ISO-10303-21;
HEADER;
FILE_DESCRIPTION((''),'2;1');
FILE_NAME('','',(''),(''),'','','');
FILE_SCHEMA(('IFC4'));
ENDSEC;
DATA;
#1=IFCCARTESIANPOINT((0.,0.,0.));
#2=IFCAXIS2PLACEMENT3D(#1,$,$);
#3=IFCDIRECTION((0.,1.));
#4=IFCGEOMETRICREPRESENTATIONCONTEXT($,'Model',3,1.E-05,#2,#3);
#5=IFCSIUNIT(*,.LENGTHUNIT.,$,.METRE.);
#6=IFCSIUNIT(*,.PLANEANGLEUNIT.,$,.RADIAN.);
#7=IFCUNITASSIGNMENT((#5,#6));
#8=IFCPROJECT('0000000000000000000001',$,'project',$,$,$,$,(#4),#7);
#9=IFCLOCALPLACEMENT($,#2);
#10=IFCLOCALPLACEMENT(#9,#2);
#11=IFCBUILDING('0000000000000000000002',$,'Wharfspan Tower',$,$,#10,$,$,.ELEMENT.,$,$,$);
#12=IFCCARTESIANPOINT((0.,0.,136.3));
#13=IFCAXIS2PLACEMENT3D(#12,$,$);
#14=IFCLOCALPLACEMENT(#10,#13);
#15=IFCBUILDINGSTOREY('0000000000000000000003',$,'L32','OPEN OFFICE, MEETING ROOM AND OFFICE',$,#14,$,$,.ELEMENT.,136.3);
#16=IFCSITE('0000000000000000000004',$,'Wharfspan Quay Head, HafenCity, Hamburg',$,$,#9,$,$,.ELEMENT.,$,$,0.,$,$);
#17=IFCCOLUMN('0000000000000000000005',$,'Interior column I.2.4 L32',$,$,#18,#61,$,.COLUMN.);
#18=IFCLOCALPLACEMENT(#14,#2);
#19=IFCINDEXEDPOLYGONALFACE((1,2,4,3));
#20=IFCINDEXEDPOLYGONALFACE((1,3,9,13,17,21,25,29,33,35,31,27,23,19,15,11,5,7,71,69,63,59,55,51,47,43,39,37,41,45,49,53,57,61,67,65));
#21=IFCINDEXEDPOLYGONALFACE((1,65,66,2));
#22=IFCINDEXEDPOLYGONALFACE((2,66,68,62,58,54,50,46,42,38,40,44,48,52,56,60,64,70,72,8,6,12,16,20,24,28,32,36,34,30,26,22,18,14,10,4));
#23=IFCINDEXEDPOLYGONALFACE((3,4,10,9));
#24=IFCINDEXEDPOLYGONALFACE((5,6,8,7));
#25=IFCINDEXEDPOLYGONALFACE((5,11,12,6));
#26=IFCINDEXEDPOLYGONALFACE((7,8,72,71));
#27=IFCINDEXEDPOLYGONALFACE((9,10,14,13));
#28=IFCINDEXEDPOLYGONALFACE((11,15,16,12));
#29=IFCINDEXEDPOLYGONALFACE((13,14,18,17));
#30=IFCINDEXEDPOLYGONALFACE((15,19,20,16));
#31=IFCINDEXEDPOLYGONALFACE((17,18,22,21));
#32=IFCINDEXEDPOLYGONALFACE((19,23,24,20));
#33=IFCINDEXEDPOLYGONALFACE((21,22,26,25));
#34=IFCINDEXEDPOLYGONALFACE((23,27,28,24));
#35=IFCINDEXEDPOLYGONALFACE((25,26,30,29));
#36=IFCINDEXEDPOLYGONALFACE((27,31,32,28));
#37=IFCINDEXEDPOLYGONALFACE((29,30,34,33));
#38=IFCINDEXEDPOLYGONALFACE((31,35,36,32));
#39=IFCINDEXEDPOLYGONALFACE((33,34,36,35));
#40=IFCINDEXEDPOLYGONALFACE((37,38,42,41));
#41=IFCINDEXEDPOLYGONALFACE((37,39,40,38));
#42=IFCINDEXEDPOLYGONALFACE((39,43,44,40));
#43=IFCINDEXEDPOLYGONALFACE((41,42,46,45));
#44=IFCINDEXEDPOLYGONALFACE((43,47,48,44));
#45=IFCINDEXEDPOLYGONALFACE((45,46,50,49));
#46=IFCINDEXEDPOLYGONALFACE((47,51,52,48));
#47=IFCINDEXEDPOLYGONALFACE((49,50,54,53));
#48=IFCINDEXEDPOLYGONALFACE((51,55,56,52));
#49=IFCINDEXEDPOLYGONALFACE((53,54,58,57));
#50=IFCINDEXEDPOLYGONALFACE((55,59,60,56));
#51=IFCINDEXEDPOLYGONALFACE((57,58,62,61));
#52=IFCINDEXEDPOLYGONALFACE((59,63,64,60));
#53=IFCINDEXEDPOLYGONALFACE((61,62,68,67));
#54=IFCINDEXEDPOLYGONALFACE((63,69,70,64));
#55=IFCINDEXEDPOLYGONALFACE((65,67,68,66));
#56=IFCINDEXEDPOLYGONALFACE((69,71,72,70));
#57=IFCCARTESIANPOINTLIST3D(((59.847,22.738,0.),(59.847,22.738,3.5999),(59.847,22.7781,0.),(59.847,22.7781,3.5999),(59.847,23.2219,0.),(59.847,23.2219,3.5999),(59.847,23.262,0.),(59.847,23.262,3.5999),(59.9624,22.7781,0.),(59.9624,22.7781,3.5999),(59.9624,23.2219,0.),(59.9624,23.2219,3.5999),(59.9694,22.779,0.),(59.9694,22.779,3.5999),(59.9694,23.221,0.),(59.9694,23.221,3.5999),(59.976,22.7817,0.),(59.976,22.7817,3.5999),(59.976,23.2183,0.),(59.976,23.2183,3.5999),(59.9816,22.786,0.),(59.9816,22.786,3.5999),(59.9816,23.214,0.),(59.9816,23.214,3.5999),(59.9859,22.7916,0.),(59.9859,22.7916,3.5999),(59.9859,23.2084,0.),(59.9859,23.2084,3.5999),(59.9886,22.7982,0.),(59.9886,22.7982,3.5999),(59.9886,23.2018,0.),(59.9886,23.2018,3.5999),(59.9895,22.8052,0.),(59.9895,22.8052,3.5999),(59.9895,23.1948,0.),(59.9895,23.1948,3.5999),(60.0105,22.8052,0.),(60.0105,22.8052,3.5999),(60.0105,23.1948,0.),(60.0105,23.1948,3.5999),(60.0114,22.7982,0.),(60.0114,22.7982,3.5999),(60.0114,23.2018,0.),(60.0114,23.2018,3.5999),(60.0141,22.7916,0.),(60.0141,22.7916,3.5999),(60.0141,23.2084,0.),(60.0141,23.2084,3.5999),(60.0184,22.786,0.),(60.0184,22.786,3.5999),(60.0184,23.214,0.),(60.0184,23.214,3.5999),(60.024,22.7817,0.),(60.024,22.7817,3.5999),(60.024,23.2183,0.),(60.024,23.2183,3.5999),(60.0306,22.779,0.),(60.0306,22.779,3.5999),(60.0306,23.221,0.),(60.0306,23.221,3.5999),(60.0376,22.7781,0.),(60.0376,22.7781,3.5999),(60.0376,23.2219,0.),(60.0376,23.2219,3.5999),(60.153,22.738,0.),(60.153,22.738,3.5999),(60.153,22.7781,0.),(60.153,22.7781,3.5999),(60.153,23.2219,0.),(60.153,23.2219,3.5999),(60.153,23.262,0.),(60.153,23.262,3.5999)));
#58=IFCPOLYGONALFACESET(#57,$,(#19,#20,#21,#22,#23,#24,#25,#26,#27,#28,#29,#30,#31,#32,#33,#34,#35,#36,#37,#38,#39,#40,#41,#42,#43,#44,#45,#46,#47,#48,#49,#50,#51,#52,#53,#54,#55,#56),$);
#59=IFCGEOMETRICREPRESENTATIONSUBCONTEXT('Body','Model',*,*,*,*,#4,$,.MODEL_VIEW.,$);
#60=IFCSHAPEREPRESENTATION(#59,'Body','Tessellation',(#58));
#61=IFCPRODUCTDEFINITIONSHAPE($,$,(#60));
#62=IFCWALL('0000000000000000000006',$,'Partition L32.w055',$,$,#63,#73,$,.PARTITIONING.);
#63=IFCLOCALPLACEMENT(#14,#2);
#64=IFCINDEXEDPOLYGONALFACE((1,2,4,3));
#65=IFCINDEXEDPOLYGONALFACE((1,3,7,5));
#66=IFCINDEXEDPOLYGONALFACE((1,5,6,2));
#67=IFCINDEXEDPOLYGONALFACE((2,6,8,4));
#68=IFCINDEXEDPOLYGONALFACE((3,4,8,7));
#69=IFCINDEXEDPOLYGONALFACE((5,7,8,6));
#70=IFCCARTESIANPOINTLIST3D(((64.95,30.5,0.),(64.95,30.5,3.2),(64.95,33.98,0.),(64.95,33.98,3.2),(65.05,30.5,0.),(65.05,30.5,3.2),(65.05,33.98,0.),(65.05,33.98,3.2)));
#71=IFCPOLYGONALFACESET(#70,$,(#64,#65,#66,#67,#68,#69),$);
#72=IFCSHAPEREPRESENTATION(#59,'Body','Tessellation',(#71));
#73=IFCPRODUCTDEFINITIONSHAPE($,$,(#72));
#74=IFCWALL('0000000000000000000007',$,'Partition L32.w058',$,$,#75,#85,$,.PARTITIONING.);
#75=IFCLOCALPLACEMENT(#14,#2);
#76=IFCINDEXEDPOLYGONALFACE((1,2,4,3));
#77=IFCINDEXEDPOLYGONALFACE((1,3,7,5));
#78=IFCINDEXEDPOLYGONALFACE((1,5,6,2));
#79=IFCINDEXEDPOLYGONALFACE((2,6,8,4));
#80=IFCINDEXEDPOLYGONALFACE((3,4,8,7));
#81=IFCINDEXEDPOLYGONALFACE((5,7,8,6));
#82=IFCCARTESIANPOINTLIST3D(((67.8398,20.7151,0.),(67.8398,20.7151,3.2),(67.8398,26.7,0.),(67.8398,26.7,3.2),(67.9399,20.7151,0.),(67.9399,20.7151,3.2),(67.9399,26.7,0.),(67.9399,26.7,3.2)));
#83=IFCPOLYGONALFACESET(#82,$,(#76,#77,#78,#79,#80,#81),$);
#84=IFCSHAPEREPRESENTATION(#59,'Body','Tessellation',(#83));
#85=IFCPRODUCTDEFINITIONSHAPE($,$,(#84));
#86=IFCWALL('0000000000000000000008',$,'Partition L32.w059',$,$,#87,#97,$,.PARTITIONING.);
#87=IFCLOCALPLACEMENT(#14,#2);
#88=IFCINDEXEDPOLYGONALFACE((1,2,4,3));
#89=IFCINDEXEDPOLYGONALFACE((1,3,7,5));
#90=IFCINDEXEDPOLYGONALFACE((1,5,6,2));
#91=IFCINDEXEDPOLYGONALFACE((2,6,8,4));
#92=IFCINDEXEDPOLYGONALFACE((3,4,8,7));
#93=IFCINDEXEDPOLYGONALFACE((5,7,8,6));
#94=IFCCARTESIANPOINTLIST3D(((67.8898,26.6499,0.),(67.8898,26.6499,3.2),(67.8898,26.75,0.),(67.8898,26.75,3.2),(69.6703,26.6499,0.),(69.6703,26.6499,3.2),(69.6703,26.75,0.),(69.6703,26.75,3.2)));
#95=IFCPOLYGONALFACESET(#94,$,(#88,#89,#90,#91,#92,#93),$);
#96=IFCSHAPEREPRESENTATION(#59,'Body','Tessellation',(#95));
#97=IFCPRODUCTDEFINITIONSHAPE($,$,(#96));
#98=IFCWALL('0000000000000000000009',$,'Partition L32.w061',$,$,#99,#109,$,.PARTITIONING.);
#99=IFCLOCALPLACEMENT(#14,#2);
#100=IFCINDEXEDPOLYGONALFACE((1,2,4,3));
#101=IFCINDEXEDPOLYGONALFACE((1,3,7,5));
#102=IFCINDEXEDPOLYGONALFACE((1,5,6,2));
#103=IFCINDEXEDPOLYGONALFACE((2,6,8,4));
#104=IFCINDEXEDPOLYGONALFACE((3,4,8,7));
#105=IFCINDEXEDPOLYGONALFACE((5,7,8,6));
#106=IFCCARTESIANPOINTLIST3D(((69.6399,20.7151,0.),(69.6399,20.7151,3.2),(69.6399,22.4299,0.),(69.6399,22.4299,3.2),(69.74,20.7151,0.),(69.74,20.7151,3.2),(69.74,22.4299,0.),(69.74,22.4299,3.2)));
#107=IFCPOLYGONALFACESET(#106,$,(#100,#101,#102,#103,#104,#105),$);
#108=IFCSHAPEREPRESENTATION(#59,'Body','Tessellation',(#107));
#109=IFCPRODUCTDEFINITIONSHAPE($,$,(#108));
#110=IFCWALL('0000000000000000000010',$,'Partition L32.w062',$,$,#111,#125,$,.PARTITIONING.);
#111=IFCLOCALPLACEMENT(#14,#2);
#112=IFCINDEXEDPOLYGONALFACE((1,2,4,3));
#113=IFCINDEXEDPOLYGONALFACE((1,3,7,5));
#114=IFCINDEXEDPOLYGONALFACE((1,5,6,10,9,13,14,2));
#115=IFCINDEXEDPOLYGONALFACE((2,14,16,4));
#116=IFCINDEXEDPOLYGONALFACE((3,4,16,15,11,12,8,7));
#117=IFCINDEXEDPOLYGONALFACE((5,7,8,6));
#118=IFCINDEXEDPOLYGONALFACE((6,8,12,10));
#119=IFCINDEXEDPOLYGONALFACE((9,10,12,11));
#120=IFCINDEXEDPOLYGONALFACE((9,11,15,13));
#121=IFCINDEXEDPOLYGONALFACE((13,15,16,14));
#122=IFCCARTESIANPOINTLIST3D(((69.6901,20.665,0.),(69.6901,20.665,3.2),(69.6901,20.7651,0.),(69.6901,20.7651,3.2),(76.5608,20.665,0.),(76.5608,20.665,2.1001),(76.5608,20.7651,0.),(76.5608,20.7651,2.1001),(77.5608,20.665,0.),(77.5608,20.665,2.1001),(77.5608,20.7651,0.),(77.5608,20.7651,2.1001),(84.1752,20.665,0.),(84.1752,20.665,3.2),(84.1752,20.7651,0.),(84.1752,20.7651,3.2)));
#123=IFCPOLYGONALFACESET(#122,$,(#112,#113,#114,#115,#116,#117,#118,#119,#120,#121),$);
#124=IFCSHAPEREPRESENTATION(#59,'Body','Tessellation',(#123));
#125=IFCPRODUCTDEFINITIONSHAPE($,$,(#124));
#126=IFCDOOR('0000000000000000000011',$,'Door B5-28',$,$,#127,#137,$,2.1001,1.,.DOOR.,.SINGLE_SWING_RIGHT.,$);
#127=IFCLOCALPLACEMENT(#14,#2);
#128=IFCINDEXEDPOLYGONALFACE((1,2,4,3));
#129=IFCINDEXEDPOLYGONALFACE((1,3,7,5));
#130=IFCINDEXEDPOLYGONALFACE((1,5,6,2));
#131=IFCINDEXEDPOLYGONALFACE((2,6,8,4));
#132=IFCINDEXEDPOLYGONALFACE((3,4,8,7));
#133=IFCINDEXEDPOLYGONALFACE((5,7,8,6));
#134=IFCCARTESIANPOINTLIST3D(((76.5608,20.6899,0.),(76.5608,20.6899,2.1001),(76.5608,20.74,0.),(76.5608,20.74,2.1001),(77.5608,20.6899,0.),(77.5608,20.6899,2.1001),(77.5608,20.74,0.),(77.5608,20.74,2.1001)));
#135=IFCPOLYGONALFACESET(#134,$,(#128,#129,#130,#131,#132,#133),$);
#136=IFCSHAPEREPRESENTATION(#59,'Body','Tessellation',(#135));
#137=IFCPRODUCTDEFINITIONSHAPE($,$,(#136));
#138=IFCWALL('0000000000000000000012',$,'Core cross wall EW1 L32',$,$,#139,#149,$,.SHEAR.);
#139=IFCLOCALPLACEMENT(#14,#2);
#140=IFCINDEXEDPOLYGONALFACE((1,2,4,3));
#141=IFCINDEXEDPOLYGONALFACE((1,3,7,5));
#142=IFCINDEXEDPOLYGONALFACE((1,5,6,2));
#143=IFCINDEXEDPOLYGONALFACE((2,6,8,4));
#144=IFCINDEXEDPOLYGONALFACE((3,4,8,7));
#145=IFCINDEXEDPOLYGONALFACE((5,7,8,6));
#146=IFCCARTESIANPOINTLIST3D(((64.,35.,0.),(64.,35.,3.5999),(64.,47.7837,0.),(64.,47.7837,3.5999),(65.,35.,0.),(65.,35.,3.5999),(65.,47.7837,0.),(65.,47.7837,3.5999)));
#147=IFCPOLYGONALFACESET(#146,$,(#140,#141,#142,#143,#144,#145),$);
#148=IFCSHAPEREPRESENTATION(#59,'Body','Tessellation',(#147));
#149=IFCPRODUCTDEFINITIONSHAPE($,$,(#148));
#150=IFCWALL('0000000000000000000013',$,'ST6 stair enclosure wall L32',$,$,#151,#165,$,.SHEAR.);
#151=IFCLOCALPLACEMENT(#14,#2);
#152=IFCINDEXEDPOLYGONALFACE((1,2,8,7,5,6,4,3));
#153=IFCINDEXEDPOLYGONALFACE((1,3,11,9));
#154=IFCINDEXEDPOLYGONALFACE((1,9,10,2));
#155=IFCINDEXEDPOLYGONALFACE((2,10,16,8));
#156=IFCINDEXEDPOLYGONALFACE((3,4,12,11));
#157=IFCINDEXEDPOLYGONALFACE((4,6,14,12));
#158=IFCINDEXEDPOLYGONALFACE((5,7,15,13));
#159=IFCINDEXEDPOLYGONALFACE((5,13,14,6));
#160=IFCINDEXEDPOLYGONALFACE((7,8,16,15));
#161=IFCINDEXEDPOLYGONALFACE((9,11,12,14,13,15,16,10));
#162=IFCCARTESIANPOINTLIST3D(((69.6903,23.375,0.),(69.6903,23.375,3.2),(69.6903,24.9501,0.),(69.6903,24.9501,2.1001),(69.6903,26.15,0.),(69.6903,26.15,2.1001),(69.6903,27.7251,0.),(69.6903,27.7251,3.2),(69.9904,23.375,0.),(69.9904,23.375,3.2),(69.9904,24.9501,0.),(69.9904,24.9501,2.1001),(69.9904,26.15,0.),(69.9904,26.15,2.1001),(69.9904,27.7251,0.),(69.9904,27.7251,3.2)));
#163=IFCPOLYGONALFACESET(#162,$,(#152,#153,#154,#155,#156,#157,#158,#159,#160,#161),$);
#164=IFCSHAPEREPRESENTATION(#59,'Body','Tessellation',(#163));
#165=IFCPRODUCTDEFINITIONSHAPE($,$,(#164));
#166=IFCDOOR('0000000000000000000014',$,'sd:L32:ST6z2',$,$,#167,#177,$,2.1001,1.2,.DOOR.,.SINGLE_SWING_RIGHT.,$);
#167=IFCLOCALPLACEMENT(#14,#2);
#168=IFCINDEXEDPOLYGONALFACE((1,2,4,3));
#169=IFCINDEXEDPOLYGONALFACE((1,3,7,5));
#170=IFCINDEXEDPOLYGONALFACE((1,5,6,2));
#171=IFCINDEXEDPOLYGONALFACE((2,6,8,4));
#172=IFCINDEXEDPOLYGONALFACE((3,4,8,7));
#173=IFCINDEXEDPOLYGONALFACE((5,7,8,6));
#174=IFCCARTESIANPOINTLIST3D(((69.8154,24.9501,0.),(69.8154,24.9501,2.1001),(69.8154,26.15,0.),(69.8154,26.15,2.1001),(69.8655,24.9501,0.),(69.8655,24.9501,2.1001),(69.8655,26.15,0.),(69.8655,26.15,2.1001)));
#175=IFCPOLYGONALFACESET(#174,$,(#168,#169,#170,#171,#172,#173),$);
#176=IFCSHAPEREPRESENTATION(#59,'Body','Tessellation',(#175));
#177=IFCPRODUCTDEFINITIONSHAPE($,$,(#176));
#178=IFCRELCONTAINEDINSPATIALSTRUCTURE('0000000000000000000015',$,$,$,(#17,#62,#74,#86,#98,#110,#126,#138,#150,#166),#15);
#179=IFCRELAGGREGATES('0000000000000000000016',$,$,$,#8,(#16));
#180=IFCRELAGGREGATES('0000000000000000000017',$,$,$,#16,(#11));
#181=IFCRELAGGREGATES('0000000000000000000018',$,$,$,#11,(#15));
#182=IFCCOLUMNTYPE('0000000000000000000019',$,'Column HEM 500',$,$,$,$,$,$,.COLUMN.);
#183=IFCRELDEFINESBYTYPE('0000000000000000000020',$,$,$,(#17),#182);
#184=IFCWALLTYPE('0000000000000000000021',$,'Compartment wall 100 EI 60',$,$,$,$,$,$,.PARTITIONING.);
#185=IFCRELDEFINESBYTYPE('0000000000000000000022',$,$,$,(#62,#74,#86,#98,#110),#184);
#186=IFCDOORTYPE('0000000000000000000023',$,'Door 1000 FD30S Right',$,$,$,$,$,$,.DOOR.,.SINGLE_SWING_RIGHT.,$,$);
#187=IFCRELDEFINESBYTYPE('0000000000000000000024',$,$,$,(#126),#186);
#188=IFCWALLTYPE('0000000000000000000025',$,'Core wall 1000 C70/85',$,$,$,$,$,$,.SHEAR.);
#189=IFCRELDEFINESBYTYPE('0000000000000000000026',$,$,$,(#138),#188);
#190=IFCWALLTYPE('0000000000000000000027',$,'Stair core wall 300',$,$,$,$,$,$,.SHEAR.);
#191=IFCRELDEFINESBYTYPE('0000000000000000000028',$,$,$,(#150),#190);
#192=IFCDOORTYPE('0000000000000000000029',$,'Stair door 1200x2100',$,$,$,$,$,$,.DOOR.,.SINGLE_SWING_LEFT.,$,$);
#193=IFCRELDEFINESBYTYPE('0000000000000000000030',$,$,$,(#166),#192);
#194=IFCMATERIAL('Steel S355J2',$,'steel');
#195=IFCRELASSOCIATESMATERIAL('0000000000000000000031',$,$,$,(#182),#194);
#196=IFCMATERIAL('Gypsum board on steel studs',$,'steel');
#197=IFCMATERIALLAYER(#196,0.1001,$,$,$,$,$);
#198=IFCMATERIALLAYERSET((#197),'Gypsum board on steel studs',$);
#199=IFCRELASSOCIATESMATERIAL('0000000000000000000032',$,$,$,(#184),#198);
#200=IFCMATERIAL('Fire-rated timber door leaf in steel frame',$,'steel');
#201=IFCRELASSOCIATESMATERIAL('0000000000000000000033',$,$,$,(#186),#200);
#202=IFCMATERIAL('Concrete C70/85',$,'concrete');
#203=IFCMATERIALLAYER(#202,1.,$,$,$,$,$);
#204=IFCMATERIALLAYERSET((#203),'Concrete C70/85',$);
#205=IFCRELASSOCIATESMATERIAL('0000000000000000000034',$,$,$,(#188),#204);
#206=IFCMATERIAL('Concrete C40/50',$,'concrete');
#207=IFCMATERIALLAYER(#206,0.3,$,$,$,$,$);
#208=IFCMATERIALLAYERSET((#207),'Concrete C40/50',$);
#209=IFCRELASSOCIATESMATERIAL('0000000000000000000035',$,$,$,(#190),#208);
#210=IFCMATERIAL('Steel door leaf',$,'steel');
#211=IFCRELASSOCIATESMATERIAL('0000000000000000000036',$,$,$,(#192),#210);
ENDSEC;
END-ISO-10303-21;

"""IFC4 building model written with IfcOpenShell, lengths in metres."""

from ifc_helpers import new_model, si_unit, direction, frame, frame_2d, origin, origin_2d, place, context, subcontext, project, spatial, rectangle, i_section, extrude, material, layer, layer_set, material_profile, profile_set, type_object, element, fill, save


model = new_model("IFC4")

# Units and contexts
model_context = context("Model", 3, precision=1e-05, world=origin(), true_north=direction((0.0, 1.0)))
body_context = subcontext(model_context, "Body", "Model", "MODEL_VIEW")
ifc_project = project(units=[si_unit("LENGTHUNIT", "METRE"), si_unit("PLANEANGLEUNIT", "RADIAN")], contexts=[model_context])

# Site, building, storey
site_placement = place(None, origin())
site = spatial("IfcSite", under=ifc_project, at=site_placement, Name="Wharfspan Quay Head, HafenCity, Hamburg", CompositionType="ELEMENT", RefElevation=0.0)
building_placement = place(site_placement, origin())
building = spatial("IfcBuilding", under=site, at=building_placement, Name="Wharfspan Tower", CompositionType="ELEMENT")
storey_placement = place(building_placement, frame((0.0, 0.0, 136.3)))
storey = spatial("IfcBuildingStorey", under=building, at=storey_placement, Name="L32", Description="OPEN OFFICE, MEETING ROOM AND OFFICE", CompositionType="ELEMENT", Elevation=136.3)

# Column
ifc_material_1 = material(Name="Steel S355J2", Category="steel")
ifc_material_profile = material_profile(ifc_material_1, i_section(OverallWidth=0.3059, OverallDepth=0.5239, WebThickness=0.021, FlangeThickness=0.04, FilletRadius=0.0271, at=origin_2d()))
ifc_profile_set = profile_set([ifc_material_profile], Name="Steel S355J2")
column_type = type_object("IfcColumnType", Name="Column HEM 500", PredefinedType="COLUMN", material=ifc_profile_set)
column_placement = place(storey_placement, frame((60.0, 23.0, 0.0), z_axis=(0.0, 0.0, 1.0), x_axis=(1.0, 0.0, 0.0)))
element("IfcColumn", 1, at=column_placement, inside=storey, type_object=column_type, Name="Interior column I.2.4 L32", PredefinedType="COLUMN", context=body_context, shape_type="SweptSolid", body=[
    extrude(i_section(OverallWidth=0.3059, OverallDepth=0.5239, WebThickness=0.021, FlangeThickness=0.04, FilletRadius=0.0271, at=origin_2d()), origin(), (0.0, 0.0, 1.0), 3.5999),
])

# Walls
ifc_material_2 = material(Name="Gypsum board on steel studs", Category="steel")
ifc_layer_1 = layer(ifc_material_2, 0.1001)
ifc_layer_set_1 = layer_set([ifc_layer_1], Name="Gypsum board on steel studs")
wall_type_1 = type_object("IfcWallType", Name="Compartment wall 100 EI 60", PredefinedType="PARTITIONING", material=ifc_layer_set_1)
wall_1_placement = place(storey_placement, frame((65.0, 30.5, 0.0), z_axis=(0.0, 0.0, 1.0), x_axis=(0.0, 1.0, 0.0)))
element("IfcWall", 2, at=wall_1_placement, inside=storey, type_object=wall_type_1, Name="Partition L32.w055", PredefinedType="PARTITIONING", context=body_context, shape_type="SweptSolid", body=[
    extrude(rectangle(XDim=3.48, YDim=0.1001, at=frame_2d((1.74, 0.0))), origin(), (0.0, 0.0, 1.0), 3.2),
])
wall_2_placement = place(storey_placement, frame((67.8899, 20.7151, 0.0), z_axis=(0.0, 0.0, 1.0), x_axis=(0.0, 1.0, 0.0)))
element("IfcWall", 3, at=wall_2_placement, inside=storey, type_object=wall_type_1, Name="Partition L32.w058", PredefinedType="PARTITIONING", context=body_context, shape_type="SweptSolid", body=[
    extrude(rectangle(XDim=5.9849, YDim=0.1001, at=frame_2d((2.9924, 0.0))), origin(), (0.0, 0.0, 1.0), 3.2),
])
wall_3_placement = place(storey_placement, frame((67.8899, 26.7, 0.0), z_axis=(0.0, 0.0, 1.0), x_axis=(1.0, 0.0, 0.0)))
element("IfcWall", 4, at=wall_3_placement, inside=storey, type_object=wall_type_1, Name="Partition L32.w059", PredefinedType="PARTITIONING", context=body_context, shape_type="SweptSolid", body=[
    extrude(rectangle(XDim=1.7805, YDim=0.1001, at=frame_2d((0.8901, 0.0))), origin(), (0.0, 0.0, 1.0), 3.2),
])
wall_4_placement = place(storey_placement, frame((69.6899, 20.7151, 0.0), z_axis=(0.0, 0.0, 1.0), x_axis=(0.0, 1.0, 0.0)))
element("IfcWall", 5, at=wall_4_placement, inside=storey, type_object=wall_type_1, Name="Partition L32.w061", PredefinedType="PARTITIONING", context=body_context, shape_type="SweptSolid", body=[
    extrude(rectangle(XDim=1.7148, YDim=0.1001, at=frame_2d((0.8574, 0.0))), origin(), (0.0, 0.0, 1.0), 3.2),
])

# Wall, opening, door
wall_5_placement = place(storey_placement, frame((69.6899, 20.7151, 0.0), z_axis=(0.0, 0.0, 1.0), x_axis=(1.0, 0.0, 0.0)))
wall_5 = element("IfcWall", 6, at=wall_5_placement, inside=storey, type_object=wall_type_1, Name="Partition L32.w062", PredefinedType="PARTITIONING", context=body_context, shape_type="SweptSolid", body=[
    extrude(rectangle(XDim=14.4851, YDim=0.1001, at=frame_2d((7.2427, 0.0))), origin(), (0.0, 0.0, 1.0), 3.2),
])
opening_1_placement = place(wall_5_placement, frame((6.8708, 0.0, 0.0)))
opening_1 = element("IfcOpeningElement", 7, at=opening_1_placement, cuts=wall_5, PredefinedType="OPENING", context=body_context, shape_type="SweptSolid", body=[
    extrude(rectangle(XDim=1.0, YDim=2.1001, at=frame_2d((0.5, 1.05))), frame((0.0, 0.0601, 0.0), z_axis=(0.0, -1.0, 0.0), x_axis=(1.0, 0.0, 0.0)), (0.0, 0.0, 1.0), 0.1201),
])
ifc_material_3 = material(Name="Fire-rated timber door leaf in steel frame", Category="steel")
door_type_1 = type_object("IfcDoorType", Name="Door 1000 FD30S Right", OperationType="SINGLE_SWING_RIGHT", PredefinedType="DOOR", material=ifc_material_3)
door_1_placement = place(opening_1_placement, origin())
door_1 = element("IfcDoor", 8, at=door_1_placement, inside=storey, type_object=door_type_1, Name="Door B5-28", OperationType="SINGLE_SWING_RIGHT", OverallHeight=2.1001, OverallWidth=1.0, PredefinedType="DOOR", context=body_context, shape_type="SweptSolid", body=[
    extrude(rectangle(XDim=1.0, YDim=2.1001, at=frame_2d((0.5, 1.05))), frame((0.0, 0.0249, 0.0), z_axis=(0.0, -1.0, 0.0), x_axis=(1.0, 0.0, 0.0)), (0.0, 0.0, 1.0), 0.05),
])
fill(opening_1, door_1)

# Wall
ifc_material_4 = material(Name="Concrete C70/85", Category="concrete")
ifc_layer_2 = layer(ifc_material_4, 1.0)
ifc_layer_set_2 = layer_set([ifc_layer_2], Name="Concrete C70/85")
wall_type_2 = type_object("IfcWallType", Name="Core wall 1000 C70/85", PredefinedType="SHEAR", material=ifc_layer_set_2)
wall_6_placement = place(storey_placement, frame((64.5, 35.0, 0.0), z_axis=(0.0, 0.0, 1.0), x_axis=(0.0, 1.0, 0.0)))
element("IfcWall", 9, at=wall_6_placement, inside=storey, type_object=wall_type_2, Name="Core cross wall EW1 L32", PredefinedType="SHEAR", context=body_context, shape_type="SweptSolid", body=[
    extrude(rectangle(XDim=12.7837, YDim=1.0, at=frame_2d((6.3918, 0.0))), origin(), (0.0, 0.0, 1.0), 3.5999),
])

# Wall, opening, door
ifc_material_5 = material(Name="Concrete C40/50", Category="concrete")
ifc_layer_3 = layer(ifc_material_5, 0.3)
ifc_layer_set_3 = layer_set([ifc_layer_3], Name="Concrete C40/50")
wall_type_3 = type_object("IfcWallType", Name="Stair core wall 300", PredefinedType="SHEAR", material=ifc_layer_set_3)
wall_7_placement = place(storey_placement, frame((69.8403, 23.375, 0.0), z_axis=(0.0, 0.0, 1.0), x_axis=(0.0, 1.0, 0.0)))
wall_7 = element("IfcWall", 10, at=wall_7_placement, inside=storey, type_object=wall_type_3, Name="ST6 stair enclosure wall L32", PredefinedType="SHEAR", context=body_context, shape_type="SweptSolid", body=[
    extrude(rectangle(XDim=4.3501, YDim=0.3, at=frame_2d((2.175, 0.0))), origin(), (0.0, 0.0, 1.0), 3.2),
])
opening_2_placement = place(wall_7_placement, frame((1.575, 0.0, 0.0)))
opening_2 = element("IfcOpeningElement", 11, at=opening_2_placement, cuts=wall_7, PredefinedType="OPENING", context=body_context, shape_type="SweptSolid", body=[
    extrude(rectangle(XDim=1.2, YDim=2.1001, at=frame_2d((0.6001, 1.05))), frame((0.0, 0.1599, 0.0), z_axis=(0.0, -1.0, 0.0), x_axis=(1.0, 0.0, 0.0)), (0.0, 0.0, 1.0), 0.3201),
])
ifc_material_6 = material(Name="Steel door leaf", Category="steel")
door_type_2 = type_object("IfcDoorType", Name="Stair door 1200x2100", OperationType="SINGLE_SWING_LEFT", PredefinedType="DOOR", material=ifc_material_6)
door_2_placement = place(opening_2_placement, origin())
door_2 = element("IfcDoor", 12, at=door_2_placement, inside=storey, type_object=door_type_2, Name="sd:L32:ST6z2", OperationType="SINGLE_SWING_RIGHT", OverallHeight=2.1001, OverallWidth=1.2, PredefinedType="DOOR", context=body_context, shape_type="SweptSolid", body=[
    extrude(rectangle(XDim=1.2, YDim=2.1001, at=frame_2d((0.6001, 1.05))), frame((0.0, 0.0249, 0.0), z_axis=(0.0, -1.0, 0.0), x_axis=(1.0, 0.0, 0.0)), (0.0, 0.0, 1.0), 0.05),
])
fill(opening_2, door_2)

save(model, "model.ifc")
